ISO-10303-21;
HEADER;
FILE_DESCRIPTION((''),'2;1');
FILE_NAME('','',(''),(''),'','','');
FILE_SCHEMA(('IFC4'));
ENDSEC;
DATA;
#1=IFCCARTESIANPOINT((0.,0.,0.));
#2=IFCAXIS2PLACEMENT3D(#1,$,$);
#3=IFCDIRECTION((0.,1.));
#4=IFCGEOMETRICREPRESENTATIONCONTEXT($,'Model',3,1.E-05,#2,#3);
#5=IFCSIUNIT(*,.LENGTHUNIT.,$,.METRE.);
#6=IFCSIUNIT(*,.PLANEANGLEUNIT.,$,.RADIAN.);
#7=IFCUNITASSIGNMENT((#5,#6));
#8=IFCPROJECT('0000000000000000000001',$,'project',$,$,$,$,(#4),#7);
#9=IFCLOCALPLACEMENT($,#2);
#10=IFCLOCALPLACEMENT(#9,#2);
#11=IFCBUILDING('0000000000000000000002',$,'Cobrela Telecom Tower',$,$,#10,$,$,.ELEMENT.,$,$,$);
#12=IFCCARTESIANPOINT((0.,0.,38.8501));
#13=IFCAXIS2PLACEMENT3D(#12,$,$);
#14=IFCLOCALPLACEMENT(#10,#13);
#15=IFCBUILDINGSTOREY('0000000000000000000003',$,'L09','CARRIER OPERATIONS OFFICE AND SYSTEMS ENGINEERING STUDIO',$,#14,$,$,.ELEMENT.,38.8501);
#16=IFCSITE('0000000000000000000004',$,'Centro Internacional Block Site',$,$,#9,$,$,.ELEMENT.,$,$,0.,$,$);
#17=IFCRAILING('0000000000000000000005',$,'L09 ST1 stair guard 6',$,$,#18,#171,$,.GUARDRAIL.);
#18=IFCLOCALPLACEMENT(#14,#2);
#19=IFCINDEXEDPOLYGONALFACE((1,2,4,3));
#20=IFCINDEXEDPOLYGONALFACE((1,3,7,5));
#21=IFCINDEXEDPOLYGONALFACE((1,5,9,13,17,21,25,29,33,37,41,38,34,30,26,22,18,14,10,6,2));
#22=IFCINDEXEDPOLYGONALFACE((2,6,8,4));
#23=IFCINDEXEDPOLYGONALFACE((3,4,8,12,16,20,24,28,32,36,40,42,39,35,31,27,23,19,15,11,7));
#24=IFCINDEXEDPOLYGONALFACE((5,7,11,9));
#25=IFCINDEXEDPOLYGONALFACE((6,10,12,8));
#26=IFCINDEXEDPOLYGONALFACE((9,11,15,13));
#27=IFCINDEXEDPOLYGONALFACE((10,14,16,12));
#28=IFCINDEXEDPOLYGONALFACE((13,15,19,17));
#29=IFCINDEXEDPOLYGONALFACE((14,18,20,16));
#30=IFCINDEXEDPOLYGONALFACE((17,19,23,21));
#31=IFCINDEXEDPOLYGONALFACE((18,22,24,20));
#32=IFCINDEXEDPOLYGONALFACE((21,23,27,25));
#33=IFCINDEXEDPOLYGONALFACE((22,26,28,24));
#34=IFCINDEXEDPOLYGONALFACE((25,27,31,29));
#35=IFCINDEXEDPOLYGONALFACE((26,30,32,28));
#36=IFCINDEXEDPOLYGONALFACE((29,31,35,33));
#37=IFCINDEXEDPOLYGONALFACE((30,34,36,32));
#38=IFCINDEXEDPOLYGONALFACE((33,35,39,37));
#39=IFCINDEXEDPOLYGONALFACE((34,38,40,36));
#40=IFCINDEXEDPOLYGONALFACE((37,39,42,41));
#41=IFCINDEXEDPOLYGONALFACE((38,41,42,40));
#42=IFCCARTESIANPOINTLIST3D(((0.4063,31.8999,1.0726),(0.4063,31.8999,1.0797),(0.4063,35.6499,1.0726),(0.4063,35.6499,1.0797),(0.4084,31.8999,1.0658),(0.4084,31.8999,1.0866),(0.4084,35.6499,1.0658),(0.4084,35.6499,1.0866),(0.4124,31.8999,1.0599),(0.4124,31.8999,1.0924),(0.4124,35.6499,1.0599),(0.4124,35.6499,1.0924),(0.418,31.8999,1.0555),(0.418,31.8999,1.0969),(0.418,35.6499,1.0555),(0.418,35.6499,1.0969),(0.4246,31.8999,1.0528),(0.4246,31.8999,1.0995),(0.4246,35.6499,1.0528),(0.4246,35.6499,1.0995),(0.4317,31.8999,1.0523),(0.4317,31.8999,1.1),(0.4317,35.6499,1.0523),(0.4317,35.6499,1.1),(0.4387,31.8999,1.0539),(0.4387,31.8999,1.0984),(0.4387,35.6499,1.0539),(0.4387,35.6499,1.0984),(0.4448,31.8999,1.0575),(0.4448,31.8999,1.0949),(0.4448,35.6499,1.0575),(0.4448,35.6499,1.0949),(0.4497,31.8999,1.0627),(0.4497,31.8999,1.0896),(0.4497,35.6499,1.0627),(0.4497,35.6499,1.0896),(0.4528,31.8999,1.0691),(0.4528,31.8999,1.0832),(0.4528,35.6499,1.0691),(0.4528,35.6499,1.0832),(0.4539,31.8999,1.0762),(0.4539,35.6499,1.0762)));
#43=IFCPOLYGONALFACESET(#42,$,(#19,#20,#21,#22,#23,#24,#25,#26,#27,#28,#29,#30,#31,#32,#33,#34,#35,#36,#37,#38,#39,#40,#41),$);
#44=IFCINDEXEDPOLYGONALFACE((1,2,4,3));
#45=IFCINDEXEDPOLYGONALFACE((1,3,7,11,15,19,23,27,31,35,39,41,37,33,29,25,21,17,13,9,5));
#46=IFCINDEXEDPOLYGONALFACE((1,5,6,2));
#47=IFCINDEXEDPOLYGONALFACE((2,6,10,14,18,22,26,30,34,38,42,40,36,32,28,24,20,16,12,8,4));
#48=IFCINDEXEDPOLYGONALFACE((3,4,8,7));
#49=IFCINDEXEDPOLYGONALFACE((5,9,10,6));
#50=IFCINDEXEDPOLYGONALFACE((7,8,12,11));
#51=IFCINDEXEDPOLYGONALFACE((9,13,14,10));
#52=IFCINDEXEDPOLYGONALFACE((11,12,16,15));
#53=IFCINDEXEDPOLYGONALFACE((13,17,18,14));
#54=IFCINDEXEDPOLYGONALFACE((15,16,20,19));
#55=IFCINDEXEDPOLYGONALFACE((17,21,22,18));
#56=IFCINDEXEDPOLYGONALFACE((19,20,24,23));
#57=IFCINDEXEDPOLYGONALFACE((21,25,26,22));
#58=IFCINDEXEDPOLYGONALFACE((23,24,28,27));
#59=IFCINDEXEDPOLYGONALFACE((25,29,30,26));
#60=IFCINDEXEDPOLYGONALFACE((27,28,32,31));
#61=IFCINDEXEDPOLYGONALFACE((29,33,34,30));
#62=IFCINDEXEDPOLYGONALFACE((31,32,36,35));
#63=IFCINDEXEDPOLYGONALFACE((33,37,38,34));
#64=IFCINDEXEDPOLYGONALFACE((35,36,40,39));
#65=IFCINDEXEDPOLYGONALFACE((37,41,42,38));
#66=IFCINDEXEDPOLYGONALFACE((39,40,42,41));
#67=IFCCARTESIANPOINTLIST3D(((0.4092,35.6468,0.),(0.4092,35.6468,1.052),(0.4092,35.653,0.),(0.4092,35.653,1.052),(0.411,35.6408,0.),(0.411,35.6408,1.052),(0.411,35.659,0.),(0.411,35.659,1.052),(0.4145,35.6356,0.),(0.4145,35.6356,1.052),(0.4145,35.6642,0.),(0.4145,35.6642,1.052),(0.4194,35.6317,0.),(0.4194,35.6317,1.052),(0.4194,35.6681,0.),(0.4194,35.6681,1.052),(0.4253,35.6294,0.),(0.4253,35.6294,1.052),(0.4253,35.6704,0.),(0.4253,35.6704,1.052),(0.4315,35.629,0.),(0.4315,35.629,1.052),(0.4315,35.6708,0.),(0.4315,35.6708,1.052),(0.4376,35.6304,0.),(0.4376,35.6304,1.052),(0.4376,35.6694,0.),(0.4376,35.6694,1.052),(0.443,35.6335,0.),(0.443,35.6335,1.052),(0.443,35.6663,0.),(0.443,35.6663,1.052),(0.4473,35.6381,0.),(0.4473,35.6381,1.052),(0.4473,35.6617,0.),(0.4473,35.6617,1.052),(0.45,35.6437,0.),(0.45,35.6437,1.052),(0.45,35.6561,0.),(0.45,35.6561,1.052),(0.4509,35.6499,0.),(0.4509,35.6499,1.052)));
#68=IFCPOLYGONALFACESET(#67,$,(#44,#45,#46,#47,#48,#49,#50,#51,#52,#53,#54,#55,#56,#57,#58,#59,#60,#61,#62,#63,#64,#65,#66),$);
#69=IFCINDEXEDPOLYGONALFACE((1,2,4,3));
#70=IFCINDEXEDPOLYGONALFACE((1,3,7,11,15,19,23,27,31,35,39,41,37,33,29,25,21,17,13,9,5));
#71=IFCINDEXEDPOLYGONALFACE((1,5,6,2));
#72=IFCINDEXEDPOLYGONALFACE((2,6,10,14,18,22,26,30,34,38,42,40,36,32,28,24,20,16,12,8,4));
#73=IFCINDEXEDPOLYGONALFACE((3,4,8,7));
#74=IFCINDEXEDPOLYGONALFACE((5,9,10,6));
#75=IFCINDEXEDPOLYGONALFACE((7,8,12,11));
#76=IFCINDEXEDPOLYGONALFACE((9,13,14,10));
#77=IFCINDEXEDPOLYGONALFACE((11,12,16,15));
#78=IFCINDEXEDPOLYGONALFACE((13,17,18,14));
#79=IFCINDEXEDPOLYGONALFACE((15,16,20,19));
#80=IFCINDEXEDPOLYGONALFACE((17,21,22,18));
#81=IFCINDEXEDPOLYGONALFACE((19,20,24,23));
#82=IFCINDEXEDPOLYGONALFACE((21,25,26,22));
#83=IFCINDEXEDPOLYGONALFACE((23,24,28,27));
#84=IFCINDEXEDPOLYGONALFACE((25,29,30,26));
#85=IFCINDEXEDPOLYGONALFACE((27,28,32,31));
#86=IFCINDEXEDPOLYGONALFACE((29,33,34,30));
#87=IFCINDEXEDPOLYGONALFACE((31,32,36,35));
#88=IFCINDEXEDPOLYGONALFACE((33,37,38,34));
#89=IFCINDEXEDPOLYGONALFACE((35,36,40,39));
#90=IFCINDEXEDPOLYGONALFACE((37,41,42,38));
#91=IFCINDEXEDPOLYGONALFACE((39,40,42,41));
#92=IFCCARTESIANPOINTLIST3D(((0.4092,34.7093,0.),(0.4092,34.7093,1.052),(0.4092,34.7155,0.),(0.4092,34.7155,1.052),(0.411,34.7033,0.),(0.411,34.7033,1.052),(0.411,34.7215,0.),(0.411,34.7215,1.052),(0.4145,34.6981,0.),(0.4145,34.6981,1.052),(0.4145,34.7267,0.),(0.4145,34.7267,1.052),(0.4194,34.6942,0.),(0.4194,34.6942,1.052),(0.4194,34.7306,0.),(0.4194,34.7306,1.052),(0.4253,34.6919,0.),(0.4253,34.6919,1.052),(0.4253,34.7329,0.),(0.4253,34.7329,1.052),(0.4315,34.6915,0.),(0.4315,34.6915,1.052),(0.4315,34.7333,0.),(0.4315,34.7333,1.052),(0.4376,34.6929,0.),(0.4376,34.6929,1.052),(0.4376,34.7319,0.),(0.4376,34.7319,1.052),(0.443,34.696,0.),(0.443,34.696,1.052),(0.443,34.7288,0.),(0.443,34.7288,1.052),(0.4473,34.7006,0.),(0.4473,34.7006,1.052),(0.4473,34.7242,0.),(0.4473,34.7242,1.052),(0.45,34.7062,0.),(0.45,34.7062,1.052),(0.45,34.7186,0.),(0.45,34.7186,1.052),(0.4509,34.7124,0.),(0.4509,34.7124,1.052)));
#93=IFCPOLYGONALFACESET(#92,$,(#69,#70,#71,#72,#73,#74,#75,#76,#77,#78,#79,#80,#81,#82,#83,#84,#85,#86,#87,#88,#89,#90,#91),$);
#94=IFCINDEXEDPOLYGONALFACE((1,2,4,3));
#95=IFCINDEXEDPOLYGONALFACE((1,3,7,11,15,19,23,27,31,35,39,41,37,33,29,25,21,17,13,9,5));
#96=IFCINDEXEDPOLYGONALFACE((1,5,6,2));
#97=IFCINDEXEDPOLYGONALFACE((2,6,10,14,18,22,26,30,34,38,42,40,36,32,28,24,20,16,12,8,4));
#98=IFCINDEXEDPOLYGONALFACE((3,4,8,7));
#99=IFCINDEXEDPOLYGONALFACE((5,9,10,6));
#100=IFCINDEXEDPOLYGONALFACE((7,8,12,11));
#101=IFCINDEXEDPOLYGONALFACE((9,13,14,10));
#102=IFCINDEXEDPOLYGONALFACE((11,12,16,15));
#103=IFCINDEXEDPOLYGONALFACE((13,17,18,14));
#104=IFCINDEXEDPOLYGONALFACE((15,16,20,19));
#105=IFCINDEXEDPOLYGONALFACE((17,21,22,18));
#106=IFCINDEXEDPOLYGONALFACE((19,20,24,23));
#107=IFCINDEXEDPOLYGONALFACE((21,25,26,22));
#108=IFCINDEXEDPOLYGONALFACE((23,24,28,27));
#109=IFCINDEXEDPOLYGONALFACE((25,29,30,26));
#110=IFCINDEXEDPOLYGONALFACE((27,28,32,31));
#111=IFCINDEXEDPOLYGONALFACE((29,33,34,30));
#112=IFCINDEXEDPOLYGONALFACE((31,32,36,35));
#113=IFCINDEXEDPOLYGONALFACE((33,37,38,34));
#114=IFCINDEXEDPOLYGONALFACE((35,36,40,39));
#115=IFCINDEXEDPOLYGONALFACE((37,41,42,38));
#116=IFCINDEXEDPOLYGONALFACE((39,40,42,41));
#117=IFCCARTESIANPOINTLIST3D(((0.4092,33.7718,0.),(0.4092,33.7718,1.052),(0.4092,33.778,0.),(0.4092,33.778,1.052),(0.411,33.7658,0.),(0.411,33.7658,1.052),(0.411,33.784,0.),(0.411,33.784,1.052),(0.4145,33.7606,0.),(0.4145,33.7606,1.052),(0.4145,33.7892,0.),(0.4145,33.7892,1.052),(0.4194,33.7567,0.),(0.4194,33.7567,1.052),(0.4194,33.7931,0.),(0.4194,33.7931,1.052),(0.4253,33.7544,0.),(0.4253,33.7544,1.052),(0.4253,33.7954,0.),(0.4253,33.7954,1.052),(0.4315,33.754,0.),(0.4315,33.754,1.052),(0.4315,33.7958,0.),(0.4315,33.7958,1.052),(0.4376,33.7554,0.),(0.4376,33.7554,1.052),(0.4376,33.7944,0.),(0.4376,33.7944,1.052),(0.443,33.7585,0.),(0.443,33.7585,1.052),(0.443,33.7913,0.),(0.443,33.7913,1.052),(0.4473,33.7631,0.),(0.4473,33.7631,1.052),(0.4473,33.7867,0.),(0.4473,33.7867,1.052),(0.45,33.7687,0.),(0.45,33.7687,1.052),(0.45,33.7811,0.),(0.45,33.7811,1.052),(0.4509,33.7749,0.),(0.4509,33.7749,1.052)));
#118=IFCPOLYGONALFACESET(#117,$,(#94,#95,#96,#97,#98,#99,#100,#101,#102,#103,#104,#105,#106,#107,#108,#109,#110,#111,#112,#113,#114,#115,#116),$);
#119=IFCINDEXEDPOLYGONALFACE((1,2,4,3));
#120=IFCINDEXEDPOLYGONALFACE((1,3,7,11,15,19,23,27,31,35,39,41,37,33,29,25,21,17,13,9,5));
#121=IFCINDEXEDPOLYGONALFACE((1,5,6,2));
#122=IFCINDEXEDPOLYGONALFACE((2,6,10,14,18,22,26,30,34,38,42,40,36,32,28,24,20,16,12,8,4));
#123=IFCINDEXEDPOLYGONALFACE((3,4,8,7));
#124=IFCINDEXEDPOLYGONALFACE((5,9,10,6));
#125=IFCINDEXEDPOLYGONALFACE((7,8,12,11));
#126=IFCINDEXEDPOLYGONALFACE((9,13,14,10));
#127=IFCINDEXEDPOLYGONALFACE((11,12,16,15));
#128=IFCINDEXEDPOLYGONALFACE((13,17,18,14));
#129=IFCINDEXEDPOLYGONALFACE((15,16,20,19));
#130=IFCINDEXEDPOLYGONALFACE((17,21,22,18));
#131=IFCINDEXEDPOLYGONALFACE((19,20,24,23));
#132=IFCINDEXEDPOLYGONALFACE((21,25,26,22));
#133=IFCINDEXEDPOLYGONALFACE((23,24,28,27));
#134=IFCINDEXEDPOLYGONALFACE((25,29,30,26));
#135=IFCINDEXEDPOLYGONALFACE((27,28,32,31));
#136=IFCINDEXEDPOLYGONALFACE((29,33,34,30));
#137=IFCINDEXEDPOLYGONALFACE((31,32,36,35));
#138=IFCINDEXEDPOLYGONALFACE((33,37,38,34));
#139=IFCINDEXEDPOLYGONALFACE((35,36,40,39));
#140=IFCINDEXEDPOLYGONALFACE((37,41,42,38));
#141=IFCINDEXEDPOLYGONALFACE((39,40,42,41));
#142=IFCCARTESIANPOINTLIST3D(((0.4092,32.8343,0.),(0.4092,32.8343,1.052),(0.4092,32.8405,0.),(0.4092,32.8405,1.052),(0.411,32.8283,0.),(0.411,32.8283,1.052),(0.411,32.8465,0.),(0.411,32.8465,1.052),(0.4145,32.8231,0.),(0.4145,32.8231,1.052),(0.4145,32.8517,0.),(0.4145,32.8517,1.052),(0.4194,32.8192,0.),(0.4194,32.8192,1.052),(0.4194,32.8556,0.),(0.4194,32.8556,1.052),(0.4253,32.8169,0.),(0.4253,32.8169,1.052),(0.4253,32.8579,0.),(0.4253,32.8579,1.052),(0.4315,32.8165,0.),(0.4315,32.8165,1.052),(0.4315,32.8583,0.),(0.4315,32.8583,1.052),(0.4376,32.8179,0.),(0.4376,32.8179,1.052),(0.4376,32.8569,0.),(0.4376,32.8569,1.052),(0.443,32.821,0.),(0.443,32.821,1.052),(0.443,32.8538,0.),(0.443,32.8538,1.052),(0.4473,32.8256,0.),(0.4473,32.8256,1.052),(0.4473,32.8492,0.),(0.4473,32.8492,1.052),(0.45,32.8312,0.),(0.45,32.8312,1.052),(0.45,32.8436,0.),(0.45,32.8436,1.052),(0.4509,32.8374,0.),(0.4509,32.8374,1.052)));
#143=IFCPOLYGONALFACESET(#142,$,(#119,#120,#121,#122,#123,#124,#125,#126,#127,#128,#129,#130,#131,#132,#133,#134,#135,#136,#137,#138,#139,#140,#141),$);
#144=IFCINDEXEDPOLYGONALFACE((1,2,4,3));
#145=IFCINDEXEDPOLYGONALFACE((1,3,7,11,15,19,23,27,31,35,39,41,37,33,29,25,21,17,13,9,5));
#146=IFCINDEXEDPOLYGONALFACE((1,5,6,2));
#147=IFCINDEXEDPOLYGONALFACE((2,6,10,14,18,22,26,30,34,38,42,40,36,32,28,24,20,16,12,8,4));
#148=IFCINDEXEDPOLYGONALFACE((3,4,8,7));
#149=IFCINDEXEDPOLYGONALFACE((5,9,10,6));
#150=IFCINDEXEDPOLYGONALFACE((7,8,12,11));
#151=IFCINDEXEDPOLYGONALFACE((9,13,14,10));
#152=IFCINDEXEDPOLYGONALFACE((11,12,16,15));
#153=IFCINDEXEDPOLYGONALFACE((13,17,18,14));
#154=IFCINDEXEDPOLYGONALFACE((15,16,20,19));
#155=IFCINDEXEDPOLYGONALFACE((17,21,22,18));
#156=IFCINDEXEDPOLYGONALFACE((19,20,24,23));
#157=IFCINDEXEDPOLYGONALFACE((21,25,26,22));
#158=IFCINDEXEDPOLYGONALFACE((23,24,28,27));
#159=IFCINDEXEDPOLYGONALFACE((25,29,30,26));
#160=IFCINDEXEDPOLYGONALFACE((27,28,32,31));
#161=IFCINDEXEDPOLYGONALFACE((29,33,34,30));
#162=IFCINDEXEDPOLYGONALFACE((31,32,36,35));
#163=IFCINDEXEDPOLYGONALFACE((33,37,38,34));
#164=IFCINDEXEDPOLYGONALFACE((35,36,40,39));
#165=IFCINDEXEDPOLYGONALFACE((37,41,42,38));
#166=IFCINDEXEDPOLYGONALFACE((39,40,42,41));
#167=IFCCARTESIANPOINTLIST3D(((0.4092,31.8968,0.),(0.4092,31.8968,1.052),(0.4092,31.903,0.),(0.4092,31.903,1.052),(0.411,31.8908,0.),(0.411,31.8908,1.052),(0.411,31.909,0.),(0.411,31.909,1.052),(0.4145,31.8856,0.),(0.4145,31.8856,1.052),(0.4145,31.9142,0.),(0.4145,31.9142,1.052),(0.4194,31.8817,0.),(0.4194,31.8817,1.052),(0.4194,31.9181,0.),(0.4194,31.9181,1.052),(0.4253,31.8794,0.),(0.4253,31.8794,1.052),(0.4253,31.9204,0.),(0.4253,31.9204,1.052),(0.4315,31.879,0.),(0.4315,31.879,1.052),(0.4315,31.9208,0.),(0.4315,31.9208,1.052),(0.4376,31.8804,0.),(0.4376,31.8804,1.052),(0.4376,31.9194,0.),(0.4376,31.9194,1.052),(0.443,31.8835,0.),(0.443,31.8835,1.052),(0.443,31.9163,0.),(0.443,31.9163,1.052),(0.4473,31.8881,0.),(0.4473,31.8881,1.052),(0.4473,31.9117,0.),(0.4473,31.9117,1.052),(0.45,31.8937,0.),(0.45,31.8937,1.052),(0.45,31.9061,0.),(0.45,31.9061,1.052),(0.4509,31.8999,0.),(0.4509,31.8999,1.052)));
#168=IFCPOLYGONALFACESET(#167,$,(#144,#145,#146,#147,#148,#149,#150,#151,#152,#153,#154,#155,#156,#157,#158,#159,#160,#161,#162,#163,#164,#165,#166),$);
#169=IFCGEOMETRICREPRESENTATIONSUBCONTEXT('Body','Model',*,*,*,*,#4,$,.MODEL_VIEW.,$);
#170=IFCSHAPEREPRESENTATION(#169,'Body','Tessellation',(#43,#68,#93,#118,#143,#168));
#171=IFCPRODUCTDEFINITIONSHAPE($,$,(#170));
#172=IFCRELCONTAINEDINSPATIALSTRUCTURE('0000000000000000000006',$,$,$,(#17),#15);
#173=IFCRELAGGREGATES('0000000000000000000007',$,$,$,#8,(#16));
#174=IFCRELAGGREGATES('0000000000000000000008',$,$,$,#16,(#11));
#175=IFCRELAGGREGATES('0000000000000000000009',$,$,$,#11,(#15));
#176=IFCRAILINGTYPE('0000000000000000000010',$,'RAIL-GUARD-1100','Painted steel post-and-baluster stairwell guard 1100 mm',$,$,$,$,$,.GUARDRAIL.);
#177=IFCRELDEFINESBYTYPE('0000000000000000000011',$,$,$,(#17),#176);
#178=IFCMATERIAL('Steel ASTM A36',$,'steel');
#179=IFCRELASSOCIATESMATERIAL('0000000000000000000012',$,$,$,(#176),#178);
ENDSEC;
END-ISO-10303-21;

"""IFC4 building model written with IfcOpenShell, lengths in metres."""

from ifc_helpers import new_model, si_unit, direction, frame, origin, origin_2d, place, context, subcontext, project, spatial, circle, extrude, material, type_object, element, save


model = new_model("IFC4")

# Units and contexts
model_context = context("Model", 3, precision=1e-05, world=origin(), true_north=direction((0.0, 1.0)))
body_context = subcontext(model_context, "Body", "Model", "MODEL_VIEW")
ifc_project = project(units=[si_unit("LENGTHUNIT", "METRE"), si_unit("PLANEANGLEUNIT", "RADIAN")], contexts=[model_context])

# Site, building, storey
site_placement = place(None, origin())
site = spatial("IfcSite", under=ifc_project, at=site_placement, Name="Centro Internacional Block Site", CompositionType="ELEMENT", RefElevation=0.0)
building_placement = place(site_placement, origin())
building = spatial("IfcBuilding", under=site, at=building_placement, Name="Cobrela Telecom Tower", CompositionType="ELEMENT")
storey_placement = place(building_placement, frame((0.0, 0.0, 38.8501)))
storey = spatial("IfcBuildingStorey", under=building, at=storey_placement, Name="L09", Description="CARRIER OPERATIONS OFFICE AND SYSTEMS ENGINEERING STUDIO", CompositionType="ELEMENT", Elevation=38.8501)

# Shared definitions
ifc_material_1 = material(Name="Steel ASTM A36", Category="steel")

# Railing
railing_type_1 = type_object("IfcRailingType", Name="RAIL-GUARD-1100", Description="Painted steel post-and-baluster stairwell guard 1100 mm", PredefinedType="GUARDRAIL", material=ifc_material_1)
railing_1_placement = place(storey_placement, frame((0.4299, 35.6499, 0.0)))
element("IfcRailing", 1, at=railing_1_placement, inside=storey, type_object=railing_type_1, Name="L09 ST1 stair guard 6", PredefinedType="GUARDRAIL", context=body_context, shape_type="SweptSolid", body=[
    extrude(circle(Radius=0.0239, at=origin_2d()), frame((0.0, 0.0, 1.0762), z_axis=(0.0, -1.0, 0.0), x_axis=(1.0, 0.0, 0.0)), (0.0, 0.0, 1.0), 3.75),
    extrude(circle(Radius=0.021, at=origin_2d()), origin(), (0.0, 0.0, 1.0), 1.052),
    extrude(circle(Radius=0.021, at=origin_2d()), frame((0.0, -0.9375, 0.0)), (0.0, 0.0, 1.0), 1.052),
    extrude(circle(Radius=0.021, at=origin_2d()), frame((0.0, -1.875, 0.0)), (0.0, 0.0, 1.0), 1.052),
    extrude(circle(Radius=0.021, at=origin_2d()), frame((0.0, -2.8125, 0.0)), (0.0, 0.0, 1.0), 1.052),
    extrude(circle(Radius=0.021, at=origin_2d()), frame((0.0, -3.75, 0.0)), (0.0, 0.0, 1.0), 1.052),
])

save(model, "model.ifc")
